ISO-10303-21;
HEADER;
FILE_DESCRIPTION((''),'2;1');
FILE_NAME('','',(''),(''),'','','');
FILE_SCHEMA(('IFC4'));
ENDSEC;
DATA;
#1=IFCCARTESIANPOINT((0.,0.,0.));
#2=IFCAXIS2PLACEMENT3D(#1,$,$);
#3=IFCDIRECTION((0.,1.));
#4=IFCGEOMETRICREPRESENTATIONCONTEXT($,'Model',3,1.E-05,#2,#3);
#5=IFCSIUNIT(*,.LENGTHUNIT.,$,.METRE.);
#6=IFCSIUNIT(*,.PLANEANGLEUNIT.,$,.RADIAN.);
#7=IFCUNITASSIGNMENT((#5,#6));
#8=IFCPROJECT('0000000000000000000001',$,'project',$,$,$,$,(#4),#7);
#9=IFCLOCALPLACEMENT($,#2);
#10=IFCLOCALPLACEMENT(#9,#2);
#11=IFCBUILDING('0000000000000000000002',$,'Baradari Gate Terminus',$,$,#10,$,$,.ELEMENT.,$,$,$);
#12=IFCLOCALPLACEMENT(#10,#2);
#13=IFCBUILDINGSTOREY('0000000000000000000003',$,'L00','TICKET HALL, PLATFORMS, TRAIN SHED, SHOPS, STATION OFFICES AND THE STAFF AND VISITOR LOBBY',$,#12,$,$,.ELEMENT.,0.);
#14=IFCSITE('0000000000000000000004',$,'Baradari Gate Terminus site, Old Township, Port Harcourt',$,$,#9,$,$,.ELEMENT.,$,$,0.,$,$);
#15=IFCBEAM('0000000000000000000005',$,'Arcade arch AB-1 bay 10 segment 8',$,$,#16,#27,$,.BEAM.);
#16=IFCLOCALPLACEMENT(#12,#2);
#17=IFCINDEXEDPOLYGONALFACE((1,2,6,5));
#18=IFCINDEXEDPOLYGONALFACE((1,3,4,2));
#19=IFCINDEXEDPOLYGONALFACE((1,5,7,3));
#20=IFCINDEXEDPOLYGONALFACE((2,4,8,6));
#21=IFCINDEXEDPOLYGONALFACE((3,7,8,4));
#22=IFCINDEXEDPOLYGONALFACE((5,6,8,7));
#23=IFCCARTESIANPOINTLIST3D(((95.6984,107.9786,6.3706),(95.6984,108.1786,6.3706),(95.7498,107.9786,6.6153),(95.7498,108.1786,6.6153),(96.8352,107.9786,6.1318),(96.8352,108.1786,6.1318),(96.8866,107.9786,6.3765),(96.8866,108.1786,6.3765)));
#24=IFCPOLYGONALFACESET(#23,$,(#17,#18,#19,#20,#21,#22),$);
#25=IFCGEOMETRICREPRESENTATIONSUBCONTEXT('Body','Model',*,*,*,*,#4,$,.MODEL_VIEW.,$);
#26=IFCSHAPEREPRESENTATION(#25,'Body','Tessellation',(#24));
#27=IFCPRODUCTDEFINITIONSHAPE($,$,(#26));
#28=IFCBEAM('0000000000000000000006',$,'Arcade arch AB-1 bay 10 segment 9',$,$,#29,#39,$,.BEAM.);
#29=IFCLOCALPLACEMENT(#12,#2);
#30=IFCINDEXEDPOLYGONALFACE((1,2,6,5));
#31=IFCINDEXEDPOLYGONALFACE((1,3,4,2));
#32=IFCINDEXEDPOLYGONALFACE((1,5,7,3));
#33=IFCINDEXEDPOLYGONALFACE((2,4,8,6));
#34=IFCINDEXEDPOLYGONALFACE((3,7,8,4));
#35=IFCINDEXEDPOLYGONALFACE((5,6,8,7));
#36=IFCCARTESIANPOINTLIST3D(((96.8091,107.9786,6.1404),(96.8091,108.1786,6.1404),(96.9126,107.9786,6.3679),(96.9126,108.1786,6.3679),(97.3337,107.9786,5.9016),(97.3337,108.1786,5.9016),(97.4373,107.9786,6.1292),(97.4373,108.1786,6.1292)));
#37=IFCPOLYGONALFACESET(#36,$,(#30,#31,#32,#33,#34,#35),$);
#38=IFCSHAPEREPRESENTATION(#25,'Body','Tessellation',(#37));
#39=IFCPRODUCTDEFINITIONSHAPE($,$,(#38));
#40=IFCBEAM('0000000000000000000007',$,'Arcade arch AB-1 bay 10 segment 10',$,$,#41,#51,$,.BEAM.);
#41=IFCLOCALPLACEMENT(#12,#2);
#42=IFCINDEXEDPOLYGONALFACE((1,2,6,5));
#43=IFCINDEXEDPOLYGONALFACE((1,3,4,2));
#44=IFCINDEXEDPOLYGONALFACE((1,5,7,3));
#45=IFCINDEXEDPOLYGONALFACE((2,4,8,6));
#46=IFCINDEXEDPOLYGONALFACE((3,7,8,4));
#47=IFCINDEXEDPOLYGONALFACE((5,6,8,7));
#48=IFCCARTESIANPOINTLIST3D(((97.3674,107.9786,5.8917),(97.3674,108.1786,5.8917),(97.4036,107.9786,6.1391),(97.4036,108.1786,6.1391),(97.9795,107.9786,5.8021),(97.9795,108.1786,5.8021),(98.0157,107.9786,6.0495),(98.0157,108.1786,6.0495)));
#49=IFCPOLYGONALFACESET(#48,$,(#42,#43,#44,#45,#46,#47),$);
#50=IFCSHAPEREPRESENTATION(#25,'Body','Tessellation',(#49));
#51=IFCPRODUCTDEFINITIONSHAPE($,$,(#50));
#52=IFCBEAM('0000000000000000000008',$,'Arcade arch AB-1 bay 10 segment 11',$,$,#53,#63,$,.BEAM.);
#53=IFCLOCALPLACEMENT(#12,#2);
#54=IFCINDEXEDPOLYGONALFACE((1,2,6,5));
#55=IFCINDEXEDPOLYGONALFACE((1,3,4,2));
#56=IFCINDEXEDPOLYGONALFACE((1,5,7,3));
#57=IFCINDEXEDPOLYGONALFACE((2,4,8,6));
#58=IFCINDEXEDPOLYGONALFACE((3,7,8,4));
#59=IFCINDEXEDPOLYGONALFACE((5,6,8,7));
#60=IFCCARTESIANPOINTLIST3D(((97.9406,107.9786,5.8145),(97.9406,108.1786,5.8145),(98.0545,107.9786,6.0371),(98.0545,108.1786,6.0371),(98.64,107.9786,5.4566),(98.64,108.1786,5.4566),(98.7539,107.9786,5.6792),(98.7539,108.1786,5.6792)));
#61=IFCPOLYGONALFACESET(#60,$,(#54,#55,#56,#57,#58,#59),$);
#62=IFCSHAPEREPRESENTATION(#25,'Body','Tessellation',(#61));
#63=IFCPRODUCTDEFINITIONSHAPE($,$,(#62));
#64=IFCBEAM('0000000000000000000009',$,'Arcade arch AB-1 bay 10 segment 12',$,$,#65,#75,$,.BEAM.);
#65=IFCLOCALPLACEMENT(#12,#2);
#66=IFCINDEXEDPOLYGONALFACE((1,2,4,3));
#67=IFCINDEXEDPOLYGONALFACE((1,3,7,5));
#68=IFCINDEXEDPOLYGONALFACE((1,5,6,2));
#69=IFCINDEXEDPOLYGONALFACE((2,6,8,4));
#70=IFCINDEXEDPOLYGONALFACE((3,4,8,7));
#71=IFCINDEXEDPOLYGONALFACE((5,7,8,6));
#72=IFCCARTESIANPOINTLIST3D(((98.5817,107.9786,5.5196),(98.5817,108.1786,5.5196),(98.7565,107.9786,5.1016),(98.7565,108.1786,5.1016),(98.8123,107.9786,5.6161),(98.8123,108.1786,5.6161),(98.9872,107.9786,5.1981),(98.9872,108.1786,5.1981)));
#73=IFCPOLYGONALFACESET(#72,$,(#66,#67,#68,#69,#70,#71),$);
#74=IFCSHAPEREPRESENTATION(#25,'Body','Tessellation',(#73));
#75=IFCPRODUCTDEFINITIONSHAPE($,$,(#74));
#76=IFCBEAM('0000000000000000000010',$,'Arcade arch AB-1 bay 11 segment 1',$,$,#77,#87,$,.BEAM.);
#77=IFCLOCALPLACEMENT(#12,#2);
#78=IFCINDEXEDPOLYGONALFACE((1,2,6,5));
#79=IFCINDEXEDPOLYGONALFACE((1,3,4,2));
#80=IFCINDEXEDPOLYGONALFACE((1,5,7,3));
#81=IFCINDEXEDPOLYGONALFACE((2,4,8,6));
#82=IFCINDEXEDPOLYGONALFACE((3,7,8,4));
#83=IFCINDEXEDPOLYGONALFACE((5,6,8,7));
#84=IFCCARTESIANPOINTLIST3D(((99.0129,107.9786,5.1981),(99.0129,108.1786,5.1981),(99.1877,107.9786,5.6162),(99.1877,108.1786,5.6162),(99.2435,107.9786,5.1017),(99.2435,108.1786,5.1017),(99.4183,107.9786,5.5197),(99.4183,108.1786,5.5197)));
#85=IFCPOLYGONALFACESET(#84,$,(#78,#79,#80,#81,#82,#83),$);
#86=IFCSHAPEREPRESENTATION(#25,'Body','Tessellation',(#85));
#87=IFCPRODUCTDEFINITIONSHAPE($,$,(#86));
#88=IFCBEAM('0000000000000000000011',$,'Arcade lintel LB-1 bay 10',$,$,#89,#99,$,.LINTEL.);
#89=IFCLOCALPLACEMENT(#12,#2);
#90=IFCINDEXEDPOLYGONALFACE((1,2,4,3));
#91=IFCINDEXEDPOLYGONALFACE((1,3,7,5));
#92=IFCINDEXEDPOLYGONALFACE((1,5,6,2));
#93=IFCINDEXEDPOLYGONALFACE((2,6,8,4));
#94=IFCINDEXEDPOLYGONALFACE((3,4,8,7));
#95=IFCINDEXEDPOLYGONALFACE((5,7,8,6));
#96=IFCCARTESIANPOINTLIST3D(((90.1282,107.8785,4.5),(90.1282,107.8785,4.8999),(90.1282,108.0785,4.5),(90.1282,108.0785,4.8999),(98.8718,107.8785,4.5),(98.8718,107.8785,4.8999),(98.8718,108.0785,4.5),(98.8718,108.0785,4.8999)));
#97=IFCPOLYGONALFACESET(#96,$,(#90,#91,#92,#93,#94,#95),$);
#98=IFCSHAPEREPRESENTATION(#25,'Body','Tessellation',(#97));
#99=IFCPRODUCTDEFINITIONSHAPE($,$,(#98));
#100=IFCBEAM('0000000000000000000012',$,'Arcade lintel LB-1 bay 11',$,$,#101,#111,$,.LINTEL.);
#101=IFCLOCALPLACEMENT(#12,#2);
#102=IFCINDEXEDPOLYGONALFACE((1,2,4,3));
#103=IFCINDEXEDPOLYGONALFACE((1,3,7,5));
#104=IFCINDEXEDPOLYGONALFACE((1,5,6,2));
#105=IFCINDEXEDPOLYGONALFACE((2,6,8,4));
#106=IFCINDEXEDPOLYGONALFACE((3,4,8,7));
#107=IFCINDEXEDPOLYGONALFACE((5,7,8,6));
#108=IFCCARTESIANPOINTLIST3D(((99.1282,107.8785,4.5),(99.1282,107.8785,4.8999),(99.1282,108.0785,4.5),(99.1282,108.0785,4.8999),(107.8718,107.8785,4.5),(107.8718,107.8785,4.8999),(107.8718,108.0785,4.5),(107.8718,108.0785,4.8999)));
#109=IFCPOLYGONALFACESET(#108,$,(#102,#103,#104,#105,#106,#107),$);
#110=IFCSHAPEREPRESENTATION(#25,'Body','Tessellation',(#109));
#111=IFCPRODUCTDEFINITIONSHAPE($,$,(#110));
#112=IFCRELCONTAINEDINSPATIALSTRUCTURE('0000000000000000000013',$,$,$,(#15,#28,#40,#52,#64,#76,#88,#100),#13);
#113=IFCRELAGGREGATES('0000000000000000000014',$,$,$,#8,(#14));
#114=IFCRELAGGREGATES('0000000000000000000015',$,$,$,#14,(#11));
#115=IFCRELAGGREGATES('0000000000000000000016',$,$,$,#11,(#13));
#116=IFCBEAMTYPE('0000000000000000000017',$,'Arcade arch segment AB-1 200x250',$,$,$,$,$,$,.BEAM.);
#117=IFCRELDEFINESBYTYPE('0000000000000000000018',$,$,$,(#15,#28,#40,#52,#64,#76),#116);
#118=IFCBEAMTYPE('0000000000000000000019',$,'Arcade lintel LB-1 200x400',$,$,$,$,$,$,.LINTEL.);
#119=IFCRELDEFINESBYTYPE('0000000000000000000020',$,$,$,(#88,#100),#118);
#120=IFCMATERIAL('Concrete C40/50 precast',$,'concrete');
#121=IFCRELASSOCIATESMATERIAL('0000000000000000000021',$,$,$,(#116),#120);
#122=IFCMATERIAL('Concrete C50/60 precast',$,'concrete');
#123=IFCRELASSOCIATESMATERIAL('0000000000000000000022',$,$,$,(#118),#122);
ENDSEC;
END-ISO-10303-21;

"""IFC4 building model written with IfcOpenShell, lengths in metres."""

from ifc_helpers import new_model, si_unit, direction, frame, origin, origin_2d, place, context, subcontext, project, spatial, rectangle, extrude, material, material_profile, profile_set, type_object, element, save


model = new_model("IFC4")

# Units and contexts
model_context = context("Model", 3, precision=1e-05, world=origin(), true_north=direction((0.0, 1.0)))
body_context = subcontext(model_context, "Body", "Model", "MODEL_VIEW")
ifc_project = project(units=[si_unit("LENGTHUNIT", "METRE"), si_unit("PLANEANGLEUNIT", "RADIAN")], contexts=[model_context])

# Site, building, storey
site_placement = place(None, origin())
site = spatial("IfcSite", under=ifc_project, at=site_placement, Name="Baradari Gate Terminus site, Old Township, Port Harcourt", CompositionType="ELEMENT", RefElevation=0.0)
building_placement = place(site_placement, origin())
building = spatial("IfcBuilding", under=site, at=building_placement, Name="Baradari Gate Terminus", CompositionType="ELEMENT")
storey_placement = place(building_placement, origin())
storey = spatial("IfcBuildingStorey", under=building, at=storey_placement, Name="L00", Description="TICKET HALL, PLATFORMS, TRAIN SHED, SHOPS, STATION OFFICES AND THE STAFF AND VISITOR LOBBY", CompositionType="ELEMENT", Elevation=0.0)

# Beams
ifc_material_1 = material(Name="Concrete C40/50 precast", Category="concrete")
ifc_material_profile_1 = material_profile(ifc_material_1, rectangle(XDim=0.2, YDim=0.25, at=origin_2d()), Name="AB-1 200X250")
ifc_profile_set_1 = profile_set([ifc_material_profile_1], Name="Concrete C40/50 precast")
beam_type_1 = type_object("IfcBeamType", Name="Arcade arch segment AB-1 200x250", PredefinedType="BEAM", material=ifc_profile_set_1)
beam_1_placement = place(storey_placement, frame((95.7241, 108.0786, 6.4929), z_axis=(0.978643, 0.0, -0.205566), x_axis=(0.0, 1.0, 0.0)))
element("IfcBeam", 1, at=beam_1_placement, inside=storey, type_object=beam_type_1, Name="Arcade arch AB-1 bay 10 segment 8", PredefinedType="BEAM", context=body_context, shape_type="SweptSolid", body=[
    extrude(rectangle(XDim=0.2, YDim=0.25, at=origin_2d()), origin(), (0.0, 0.0, 1.0), 1.1616),
])
beam_2_placement = place(storey_placement, frame((96.8608, 108.0786, 6.2542), z_axis=(0.910178, 0.0, -0.414218), x_axis=(0.0, 1.0, 0.0)))
element("IfcBeam", 2, at=beam_2_placement, inside=storey, type_object=beam_type_1, Name="Arcade arch AB-1 bay 10 segment 9", PredefinedType="BEAM", context=body_context, shape_type="SweptSolid", body=[
    extrude(rectangle(XDim=0.2, YDim=0.25, at=origin_2d()), origin(), (0.0, 0.0, 1.0), 0.5764),
])
beam_3_placement = place(storey_placement, frame((97.3855, 108.0786, 6.0154), z_axis=(0.989454, 0.0, -0.144846), x_axis=(0.0, 1.0, 0.0)))
element("IfcBeam", 3, at=beam_3_placement, inside=storey, type_object=beam_type_1, Name="Arcade arch AB-1 bay 10 segment 10", PredefinedType="BEAM", context=body_context, shape_type="SweptSolid", body=[
    extrude(rectangle(XDim=0.2, YDim=0.25, at=origin_2d()), origin(), (0.0, 0.0, 1.0), 0.6187),
])
beam_4_placement = place(storey_placement, frame((97.9976, 108.0786, 5.9258), z_axis=(0.890225, 0.0, -0.455522), x_axis=(0.0, 1.0, 0.0)))
element("IfcBeam", 4, at=beam_4_placement, inside=storey, type_object=beam_type_1, Name="Arcade arch AB-1 bay 10 segment 11", PredefinedType="BEAM", context=body_context, shape_type="SweptSolid", body=[
    extrude(rectangle(XDim=0.2, YDim=0.25, at=origin_2d()), origin(), (0.0, 0.0, 1.0), 0.7856),
])
for number, where, z_axis, x_axis, name in (
    (5, (98.697, 108.0786, 5.5679), (0.385839, 0.0, -0.922566), (0.0, 1.0, 0.0), "Arcade arch AB-1 bay 10 segment 12"),
    (6, (99.1282, 108.0786, 5.1499), (0.385839, 0.0, 0.922566), (0.0, 1.0, 0.0), "Arcade arch AB-1 bay 11 segment 1"),
):
    element("IfcBeam", number, at=place(storey_placement, frame(where, z_axis=z_axis, x_axis=x_axis)), inside=storey, type_object=beam_type_1, Name=name, PredefinedType="BEAM", context=body_context, shape_type="SweptSolid", body=[
        extrude(rectangle(XDim=0.2, YDim=0.25, at=origin_2d()), origin(), (0.0, 0.0, 1.0), 0.4531),
    ])
ifc_material_2 = material(Name="Concrete C50/60 precast", Category="concrete")
ifc_material_profile_2 = material_profile(ifc_material_2, rectangle(XDim=0.2, YDim=0.3999, at=origin_2d()), Name="LB-1 200X400")
ifc_profile_set_2 = profile_set([ifc_material_profile_2], Name="Concrete C50/60 precast")
beam_type_2 = type_object("IfcBeamType", Name="Arcade lintel LB-1 200x400", PredefinedType="LINTEL", material=ifc_profile_set_2)
for number, where, z_axis, x_axis, name in (
    (7, (90.1282, 107.9785, 4.7), (1.0, 0.0, 0.0), (0.0, 1.0, 0.0), "Arcade lintel LB-1 bay 10"),
    (8, (99.1282, 107.9785, 4.7), (1.0, 0.0, 0.0), (0.0, 1.0, 0.0), "Arcade lintel LB-1 bay 11"),
):
    element("IfcBeam", number, at=place(storey_placement, frame(where, z_axis=z_axis, x_axis=x_axis)), inside=storey, type_object=beam_type_2, Name=name, PredefinedType="LINTEL", context=body_context, shape_type="SweptSolid", body=[
        extrude(rectangle(XDim=0.2, YDim=0.3999, at=origin_2d()), origin(), (0.0, 0.0, 1.0), 8.7437),
    ])

save(model, "model.ifc")
